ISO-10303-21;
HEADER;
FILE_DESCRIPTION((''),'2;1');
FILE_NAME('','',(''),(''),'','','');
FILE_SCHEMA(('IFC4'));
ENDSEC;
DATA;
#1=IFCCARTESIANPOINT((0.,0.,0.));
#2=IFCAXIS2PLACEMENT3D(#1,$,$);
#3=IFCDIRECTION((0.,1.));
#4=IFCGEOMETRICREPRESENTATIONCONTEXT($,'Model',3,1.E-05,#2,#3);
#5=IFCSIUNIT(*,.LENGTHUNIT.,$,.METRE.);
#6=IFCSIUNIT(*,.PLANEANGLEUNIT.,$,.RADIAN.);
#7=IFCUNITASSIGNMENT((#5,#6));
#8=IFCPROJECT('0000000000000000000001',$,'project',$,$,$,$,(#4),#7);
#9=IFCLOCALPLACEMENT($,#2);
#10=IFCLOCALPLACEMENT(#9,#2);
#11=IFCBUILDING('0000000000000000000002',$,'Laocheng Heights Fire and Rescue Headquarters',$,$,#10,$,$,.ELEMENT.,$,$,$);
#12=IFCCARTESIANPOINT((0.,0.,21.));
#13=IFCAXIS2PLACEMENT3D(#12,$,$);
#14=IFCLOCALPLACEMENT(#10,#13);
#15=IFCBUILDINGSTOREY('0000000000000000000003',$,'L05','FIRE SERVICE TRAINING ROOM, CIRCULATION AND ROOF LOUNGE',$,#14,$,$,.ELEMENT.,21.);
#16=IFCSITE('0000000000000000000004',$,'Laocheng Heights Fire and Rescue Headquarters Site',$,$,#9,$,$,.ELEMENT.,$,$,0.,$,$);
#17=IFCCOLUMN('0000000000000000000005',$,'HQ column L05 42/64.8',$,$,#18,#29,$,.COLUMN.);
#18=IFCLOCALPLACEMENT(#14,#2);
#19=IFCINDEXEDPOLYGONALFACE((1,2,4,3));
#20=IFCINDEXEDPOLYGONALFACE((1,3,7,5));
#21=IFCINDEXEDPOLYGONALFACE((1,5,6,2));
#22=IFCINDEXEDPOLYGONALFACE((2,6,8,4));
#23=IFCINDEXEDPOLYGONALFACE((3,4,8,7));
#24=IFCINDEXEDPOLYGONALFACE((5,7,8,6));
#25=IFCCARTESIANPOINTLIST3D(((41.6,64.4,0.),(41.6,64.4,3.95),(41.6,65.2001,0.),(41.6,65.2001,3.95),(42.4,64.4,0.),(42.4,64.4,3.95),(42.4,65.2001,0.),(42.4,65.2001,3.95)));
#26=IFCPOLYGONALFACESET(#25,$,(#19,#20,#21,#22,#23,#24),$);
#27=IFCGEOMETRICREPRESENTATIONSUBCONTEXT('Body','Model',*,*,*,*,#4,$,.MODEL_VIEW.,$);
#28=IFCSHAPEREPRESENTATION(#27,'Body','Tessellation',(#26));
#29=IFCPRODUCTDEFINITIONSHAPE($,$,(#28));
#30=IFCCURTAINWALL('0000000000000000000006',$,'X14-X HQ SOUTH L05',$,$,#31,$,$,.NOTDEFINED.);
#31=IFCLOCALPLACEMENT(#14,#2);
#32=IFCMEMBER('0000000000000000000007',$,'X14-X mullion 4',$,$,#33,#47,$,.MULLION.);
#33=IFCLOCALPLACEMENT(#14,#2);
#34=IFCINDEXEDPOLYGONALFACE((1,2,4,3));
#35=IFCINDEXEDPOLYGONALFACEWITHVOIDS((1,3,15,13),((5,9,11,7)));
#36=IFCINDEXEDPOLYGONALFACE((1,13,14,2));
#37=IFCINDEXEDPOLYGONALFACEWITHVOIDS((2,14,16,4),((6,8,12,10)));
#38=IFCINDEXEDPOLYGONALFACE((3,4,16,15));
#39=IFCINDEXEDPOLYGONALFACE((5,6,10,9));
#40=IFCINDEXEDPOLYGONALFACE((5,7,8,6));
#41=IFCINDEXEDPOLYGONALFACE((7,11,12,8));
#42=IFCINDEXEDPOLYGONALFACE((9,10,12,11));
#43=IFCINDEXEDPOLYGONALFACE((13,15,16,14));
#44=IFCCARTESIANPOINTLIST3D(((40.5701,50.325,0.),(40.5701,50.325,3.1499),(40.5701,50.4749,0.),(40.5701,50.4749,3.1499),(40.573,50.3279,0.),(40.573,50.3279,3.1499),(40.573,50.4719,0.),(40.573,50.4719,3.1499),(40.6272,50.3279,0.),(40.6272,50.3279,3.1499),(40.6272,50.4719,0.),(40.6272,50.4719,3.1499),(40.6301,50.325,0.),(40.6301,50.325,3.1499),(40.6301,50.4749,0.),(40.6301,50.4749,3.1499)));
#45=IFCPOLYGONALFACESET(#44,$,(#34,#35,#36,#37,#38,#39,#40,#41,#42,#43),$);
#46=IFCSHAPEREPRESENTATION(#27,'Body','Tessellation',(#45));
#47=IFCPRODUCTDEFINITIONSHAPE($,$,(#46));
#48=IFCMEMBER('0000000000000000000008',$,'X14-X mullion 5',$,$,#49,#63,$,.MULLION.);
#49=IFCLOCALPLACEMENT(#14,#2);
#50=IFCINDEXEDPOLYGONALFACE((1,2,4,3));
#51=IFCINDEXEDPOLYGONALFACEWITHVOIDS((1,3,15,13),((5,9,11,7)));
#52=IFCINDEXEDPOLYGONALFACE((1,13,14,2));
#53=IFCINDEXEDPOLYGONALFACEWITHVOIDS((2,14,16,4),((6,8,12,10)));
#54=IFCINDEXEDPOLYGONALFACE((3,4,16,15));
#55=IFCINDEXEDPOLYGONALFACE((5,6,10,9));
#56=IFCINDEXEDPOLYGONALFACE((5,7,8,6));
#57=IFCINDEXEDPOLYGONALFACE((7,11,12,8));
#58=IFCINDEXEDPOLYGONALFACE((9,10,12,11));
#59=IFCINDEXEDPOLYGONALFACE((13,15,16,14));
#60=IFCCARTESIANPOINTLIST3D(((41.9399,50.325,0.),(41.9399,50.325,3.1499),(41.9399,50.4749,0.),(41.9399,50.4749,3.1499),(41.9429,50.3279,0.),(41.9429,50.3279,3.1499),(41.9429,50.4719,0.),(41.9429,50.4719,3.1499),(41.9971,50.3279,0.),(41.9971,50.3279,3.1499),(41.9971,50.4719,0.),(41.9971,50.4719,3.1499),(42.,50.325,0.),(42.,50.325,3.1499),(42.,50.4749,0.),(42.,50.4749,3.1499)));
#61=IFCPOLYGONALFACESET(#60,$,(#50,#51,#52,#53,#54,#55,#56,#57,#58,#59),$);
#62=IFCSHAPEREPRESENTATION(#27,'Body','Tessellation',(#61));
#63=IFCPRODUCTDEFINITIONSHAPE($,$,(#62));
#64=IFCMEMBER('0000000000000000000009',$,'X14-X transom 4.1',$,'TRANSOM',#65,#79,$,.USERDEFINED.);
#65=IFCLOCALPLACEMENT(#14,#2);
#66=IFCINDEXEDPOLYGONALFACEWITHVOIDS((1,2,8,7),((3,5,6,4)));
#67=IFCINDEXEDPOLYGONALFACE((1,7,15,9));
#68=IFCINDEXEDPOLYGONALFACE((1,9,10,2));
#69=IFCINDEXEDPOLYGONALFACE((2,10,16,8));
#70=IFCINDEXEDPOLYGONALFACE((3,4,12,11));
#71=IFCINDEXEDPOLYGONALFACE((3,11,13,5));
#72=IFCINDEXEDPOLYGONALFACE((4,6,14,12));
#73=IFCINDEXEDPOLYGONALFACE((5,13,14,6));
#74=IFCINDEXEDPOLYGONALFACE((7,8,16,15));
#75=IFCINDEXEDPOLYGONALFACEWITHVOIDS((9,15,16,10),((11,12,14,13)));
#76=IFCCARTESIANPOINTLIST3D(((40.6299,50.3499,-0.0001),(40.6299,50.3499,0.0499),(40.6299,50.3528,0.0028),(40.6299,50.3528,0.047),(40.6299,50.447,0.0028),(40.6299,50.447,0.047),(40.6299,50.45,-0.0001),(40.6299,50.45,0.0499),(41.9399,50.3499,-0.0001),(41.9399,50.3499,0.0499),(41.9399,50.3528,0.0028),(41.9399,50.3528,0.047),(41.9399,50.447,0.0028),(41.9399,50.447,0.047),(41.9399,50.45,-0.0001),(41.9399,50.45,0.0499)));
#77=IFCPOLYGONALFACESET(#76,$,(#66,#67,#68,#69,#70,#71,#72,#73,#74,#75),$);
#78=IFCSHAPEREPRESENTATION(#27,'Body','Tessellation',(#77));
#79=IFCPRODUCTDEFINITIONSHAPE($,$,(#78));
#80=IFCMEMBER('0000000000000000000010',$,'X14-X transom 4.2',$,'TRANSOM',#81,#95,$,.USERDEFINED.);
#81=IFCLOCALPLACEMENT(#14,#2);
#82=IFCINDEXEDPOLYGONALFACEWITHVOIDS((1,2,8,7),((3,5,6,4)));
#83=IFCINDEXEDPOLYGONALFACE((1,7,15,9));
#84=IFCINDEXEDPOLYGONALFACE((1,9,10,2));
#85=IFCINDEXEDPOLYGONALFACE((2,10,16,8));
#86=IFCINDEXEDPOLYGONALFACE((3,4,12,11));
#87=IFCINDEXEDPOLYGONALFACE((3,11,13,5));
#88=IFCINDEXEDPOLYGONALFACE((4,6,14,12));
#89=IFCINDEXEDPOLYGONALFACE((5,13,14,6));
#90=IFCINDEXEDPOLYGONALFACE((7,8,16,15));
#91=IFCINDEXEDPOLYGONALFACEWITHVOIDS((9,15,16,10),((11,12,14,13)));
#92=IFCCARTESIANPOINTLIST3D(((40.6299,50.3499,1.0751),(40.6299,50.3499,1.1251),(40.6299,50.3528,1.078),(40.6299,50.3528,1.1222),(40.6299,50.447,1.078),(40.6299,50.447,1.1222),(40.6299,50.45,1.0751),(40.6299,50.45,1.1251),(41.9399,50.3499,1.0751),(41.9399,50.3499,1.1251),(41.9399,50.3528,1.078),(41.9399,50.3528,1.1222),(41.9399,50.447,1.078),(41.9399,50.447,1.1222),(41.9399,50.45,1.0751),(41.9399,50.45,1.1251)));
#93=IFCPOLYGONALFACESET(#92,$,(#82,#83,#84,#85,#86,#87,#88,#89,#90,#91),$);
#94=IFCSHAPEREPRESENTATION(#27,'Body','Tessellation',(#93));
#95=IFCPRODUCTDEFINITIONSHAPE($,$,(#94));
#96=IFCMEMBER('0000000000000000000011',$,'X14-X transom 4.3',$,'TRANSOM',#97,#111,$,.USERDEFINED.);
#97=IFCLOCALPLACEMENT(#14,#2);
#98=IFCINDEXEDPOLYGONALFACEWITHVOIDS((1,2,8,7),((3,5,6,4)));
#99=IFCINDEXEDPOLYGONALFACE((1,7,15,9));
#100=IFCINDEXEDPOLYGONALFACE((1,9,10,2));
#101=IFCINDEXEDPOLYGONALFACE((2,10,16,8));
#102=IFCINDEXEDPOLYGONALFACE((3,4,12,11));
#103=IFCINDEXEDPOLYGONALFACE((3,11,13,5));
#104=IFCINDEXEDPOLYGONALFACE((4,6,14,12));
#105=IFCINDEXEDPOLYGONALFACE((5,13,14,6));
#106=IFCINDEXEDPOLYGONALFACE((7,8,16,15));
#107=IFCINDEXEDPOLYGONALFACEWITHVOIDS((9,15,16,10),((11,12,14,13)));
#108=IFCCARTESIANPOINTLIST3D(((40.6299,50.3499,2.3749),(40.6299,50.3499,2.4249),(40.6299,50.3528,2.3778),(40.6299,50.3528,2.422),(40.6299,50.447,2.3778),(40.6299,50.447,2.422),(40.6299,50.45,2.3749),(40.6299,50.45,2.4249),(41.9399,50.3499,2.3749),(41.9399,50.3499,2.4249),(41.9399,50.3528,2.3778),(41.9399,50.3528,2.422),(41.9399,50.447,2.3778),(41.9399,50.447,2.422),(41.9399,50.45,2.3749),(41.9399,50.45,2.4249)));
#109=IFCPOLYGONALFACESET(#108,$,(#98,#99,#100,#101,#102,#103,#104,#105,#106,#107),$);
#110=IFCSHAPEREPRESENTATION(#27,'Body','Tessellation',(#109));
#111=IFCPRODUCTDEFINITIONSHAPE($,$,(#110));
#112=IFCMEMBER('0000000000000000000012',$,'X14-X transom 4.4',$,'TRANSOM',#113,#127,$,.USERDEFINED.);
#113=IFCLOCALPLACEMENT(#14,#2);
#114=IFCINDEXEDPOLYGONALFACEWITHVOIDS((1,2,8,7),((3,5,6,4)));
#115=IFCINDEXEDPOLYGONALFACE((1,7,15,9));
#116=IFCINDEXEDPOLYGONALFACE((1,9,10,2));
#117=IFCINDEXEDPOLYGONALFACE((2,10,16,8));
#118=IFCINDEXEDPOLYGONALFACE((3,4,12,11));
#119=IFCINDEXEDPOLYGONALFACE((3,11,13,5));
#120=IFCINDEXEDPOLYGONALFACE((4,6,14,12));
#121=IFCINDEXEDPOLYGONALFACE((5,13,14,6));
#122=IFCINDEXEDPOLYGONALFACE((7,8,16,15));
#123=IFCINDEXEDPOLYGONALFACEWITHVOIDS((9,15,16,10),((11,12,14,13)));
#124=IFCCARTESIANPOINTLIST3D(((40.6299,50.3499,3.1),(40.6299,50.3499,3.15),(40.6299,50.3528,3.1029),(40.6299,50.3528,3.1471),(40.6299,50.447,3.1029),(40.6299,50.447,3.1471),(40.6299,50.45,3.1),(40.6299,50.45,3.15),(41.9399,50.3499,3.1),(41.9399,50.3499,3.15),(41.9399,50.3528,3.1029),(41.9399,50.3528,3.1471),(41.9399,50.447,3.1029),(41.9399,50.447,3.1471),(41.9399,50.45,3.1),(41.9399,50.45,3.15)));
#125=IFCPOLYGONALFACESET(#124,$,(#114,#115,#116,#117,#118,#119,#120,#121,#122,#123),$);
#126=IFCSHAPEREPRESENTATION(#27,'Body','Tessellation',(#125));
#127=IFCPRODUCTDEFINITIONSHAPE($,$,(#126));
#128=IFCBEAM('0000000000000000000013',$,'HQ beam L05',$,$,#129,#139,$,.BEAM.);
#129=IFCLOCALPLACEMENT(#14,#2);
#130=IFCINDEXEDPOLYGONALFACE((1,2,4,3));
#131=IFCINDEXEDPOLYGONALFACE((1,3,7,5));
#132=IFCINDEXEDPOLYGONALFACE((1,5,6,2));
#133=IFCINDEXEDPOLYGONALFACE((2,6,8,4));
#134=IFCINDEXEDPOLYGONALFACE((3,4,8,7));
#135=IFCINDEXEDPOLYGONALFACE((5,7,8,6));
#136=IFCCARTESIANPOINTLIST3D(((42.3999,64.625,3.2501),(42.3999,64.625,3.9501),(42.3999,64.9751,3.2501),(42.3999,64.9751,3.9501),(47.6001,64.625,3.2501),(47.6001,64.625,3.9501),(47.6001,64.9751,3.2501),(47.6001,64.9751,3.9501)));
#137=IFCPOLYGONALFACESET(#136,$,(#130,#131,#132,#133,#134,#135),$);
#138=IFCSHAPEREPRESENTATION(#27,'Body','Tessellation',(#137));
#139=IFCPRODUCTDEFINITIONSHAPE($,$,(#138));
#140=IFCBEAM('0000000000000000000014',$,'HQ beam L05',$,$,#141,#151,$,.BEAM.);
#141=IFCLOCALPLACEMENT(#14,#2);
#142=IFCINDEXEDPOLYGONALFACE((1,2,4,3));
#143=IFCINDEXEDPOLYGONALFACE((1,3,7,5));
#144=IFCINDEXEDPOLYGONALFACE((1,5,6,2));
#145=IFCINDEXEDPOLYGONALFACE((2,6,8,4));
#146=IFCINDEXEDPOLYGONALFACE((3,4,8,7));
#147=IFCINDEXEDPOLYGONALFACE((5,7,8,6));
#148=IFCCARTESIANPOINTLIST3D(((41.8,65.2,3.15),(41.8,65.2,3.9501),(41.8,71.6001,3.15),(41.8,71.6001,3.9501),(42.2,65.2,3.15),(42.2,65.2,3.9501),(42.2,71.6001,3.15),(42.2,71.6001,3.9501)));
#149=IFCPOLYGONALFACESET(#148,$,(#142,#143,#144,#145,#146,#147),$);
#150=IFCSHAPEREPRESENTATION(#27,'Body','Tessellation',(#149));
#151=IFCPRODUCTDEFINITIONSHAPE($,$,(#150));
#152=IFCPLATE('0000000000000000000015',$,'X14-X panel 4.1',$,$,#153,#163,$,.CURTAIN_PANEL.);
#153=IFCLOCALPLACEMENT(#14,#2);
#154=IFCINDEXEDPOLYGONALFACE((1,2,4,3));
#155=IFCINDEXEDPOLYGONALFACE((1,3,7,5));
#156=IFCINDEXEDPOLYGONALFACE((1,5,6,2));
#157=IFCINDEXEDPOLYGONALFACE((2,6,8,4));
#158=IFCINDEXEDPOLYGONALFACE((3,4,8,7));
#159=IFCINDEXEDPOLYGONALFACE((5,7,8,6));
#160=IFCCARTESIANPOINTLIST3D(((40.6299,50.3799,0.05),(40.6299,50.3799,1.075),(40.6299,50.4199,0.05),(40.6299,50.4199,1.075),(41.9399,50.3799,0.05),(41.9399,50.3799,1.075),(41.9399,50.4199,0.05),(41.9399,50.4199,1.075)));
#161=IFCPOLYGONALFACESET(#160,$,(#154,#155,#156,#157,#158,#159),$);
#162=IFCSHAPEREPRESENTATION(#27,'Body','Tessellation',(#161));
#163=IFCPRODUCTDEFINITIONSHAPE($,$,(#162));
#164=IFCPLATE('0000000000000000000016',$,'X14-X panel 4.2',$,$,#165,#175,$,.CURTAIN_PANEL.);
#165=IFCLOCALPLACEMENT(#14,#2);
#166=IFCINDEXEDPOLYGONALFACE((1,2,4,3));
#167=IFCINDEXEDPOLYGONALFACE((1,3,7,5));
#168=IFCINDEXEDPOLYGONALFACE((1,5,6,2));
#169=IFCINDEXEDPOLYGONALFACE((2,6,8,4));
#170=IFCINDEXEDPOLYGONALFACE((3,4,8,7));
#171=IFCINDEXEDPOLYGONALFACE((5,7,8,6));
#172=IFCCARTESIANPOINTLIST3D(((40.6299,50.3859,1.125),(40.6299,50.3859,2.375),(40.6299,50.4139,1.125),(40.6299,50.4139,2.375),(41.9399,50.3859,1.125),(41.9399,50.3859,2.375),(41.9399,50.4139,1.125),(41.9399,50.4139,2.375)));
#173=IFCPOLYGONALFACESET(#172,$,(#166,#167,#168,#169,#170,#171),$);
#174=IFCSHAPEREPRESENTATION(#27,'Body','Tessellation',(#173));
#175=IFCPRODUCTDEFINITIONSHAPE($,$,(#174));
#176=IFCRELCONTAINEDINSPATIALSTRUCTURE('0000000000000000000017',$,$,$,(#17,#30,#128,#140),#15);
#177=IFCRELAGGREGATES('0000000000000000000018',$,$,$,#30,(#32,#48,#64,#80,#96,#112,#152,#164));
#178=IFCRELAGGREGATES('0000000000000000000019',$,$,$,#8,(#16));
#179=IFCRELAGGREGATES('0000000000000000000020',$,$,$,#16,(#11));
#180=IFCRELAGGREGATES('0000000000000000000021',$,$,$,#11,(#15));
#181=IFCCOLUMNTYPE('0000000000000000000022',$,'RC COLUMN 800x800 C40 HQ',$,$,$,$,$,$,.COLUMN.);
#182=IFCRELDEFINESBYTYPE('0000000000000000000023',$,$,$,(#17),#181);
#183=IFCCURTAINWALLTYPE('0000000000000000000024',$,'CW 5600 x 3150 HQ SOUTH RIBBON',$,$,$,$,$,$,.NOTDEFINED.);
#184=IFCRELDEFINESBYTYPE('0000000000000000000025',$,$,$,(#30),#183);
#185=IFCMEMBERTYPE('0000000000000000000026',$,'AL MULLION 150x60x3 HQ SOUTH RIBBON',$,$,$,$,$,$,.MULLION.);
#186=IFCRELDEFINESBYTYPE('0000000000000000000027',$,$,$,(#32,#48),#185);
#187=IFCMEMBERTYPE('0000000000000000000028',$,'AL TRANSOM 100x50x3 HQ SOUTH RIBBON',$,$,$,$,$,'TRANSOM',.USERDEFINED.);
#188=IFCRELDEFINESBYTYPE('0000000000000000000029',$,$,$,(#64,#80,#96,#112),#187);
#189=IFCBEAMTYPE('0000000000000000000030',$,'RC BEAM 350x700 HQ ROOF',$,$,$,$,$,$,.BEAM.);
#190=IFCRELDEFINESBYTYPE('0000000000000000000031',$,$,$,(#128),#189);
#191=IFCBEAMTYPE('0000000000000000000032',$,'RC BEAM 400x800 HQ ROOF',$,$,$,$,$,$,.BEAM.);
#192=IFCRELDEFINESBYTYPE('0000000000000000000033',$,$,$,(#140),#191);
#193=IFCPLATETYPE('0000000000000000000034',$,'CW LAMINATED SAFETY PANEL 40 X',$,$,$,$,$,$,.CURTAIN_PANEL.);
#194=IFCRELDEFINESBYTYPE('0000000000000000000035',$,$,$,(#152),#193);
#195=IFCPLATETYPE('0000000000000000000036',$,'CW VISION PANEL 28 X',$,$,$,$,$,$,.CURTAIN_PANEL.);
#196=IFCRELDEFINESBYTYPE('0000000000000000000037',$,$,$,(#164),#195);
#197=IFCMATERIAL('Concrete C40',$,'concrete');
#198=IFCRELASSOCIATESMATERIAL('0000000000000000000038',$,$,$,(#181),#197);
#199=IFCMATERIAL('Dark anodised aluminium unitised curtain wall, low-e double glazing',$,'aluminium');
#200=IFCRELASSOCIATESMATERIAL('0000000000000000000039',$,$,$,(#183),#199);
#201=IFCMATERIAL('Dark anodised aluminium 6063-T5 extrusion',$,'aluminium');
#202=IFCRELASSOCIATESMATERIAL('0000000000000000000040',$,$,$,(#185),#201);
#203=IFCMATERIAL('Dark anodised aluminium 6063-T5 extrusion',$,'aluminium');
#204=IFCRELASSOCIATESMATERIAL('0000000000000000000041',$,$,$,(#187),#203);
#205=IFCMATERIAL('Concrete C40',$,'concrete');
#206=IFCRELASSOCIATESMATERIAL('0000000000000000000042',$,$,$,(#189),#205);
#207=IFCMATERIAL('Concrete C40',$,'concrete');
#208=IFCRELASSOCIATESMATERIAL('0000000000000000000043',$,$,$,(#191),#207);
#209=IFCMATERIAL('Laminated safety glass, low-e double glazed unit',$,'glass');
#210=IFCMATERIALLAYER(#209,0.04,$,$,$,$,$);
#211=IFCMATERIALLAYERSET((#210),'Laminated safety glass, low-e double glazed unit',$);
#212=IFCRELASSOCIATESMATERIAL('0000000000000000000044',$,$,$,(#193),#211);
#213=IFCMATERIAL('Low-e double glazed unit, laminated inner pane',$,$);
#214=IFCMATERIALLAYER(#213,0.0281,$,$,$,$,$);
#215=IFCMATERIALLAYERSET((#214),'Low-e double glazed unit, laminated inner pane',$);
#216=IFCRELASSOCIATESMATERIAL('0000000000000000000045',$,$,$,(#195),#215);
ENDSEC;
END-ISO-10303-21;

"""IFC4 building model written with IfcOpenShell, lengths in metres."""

from ifc_helpers import new_model, si_unit, direction, frame, origin, origin_2d, place, context, subcontext, project, spatial, rectangle, hollow_rectangle, extrude, material, layer, layer_set, material_profile, profile_set, type_object, element, aggregate, save


model = new_model("IFC4")

# Units and contexts
model_context = context("Model", 3, precision=1e-05, world=origin(), true_north=direction((0.0, 1.0)))
body_context = subcontext(model_context, "Body", "Model", "MODEL_VIEW")
ifc_project = project(units=[si_unit("LENGTHUNIT", "METRE"), si_unit("PLANEANGLEUNIT", "RADIAN")], contexts=[model_context])

# Site, building, storey
site_placement = place(None, origin())
site = spatial("IfcSite", under=ifc_project, at=site_placement, Name="Laocheng Heights Fire and Rescue Headquarters Site", CompositionType="ELEMENT", RefElevation=0.0)
building_placement = place(site_placement, origin())
building = spatial("IfcBuilding", under=site, at=building_placement, Name="Laocheng Heights Fire and Rescue Headquarters", CompositionType="ELEMENT")
storey_placement = place(building_placement, frame((0.0, 0.0, 21.0)))
storey = spatial("IfcBuildingStorey", under=building, at=storey_placement, Name="L05", Description="FIRE SERVICE TRAINING ROOM, CIRCULATION AND ROOF LOUNGE", CompositionType="ELEMENT", Elevation=21.0)

# Column
ifc_material_1 = material(Name="Concrete C40", Category="concrete")
ifc_material_profile_1 = material_profile(ifc_material_1, rectangle(XDim=0.8, YDim=0.8, at=origin_2d()), Name="RC COLUMN 800x800 C40 HQ")
ifc_profile_set_1 = profile_set([ifc_material_profile_1], Name="Concrete C40")
column_type = type_object("IfcColumnType", Name="RC COLUMN 800x800 C40 HQ", PredefinedType="COLUMN", material=ifc_profile_set_1)
column_placement = place(storey_placement, frame((42.0, 64.8, 0.0), z_axis=(0.0, 0.0, 1.0), x_axis=(1.0, 0.0, 0.0)))
element("IfcColumn", 1, at=column_placement, inside=storey, type_object=column_type, Name="HQ column L05 42/64.8", PredefinedType="COLUMN", context=body_context, shape_type="SweptSolid", body=[
    extrude(rectangle(XDim=0.8, YDim=0.8, at=origin_2d()), origin(), (0.0, 0.0, 1.0), 3.95),
])

# Curtain wall, members
ifc_material_2 = material(Name="Dark anodised aluminium unitised curtain wall, low-e double glazing", Category="aluminium")
curtain_wall_type = type_object("IfcCurtainWallType", Name="CW 5600 x 3150 HQ SOUTH RIBBON", PredefinedType="NOTDEFINED", material=ifc_material_2)
curtain_wall_placement = place(storey_placement, origin())
curtain_wall = element("IfcCurtainWall", 2, at=curtain_wall_placement, inside=storey, type_object=curtain_wall_type, Name="X14-X HQ SOUTH L05", PredefinedType="NOTDEFINED")
ifc_material_3 = material(Name="Dark anodised aluminium 6063-T5 extrusion", Category="aluminium")
ifc_material_profile_2 = material_profile(ifc_material_3, hollow_rectangle(XDim=0.1499, YDim=0.0601, WallThickness=0.0029, at=origin_2d()), Name="AL MULLION 150x60x3 HQ SOUTH RIBBON")
ifc_profile_set_2 = profile_set([ifc_material_profile_2], Name="Dark anodised aluminium 6063-T5 extrusion")
member_type_1 = type_object("IfcMemberType", Name="AL MULLION 150x60x3 HQ SOUTH RIBBON", PredefinedType="MULLION", material=ifc_profile_set_2)
member_1_placement = place(storey_placement, frame((40.6001, 50.3999, 0.0), z_axis=(0.0, 0.0, 1.0), x_axis=(0.0, 1.0, 0.0)))
member_1 = element("IfcMember", 3, at=member_1_placement, type_object=member_type_1, Name="X14-X mullion 4", PredefinedType="MULLION", context=body_context, shape_type="SweptSolid", body=[
    extrude(hollow_rectangle(XDim=0.1499, YDim=0.0601, WallThickness=0.0029, at=origin_2d()), origin(), (0.0, 0.0, 1.0), 3.1499),
])
member_2_placement = place(storey_placement, frame((41.97, 50.3999, 0.0), z_axis=(0.0, 0.0, 1.0), x_axis=(0.0, 1.0, 0.0)))
member_2 = element("IfcMember", 4, at=member_2_placement, type_object=member_type_1, Name="X14-X mullion 5", PredefinedType="MULLION", context=body_context, shape_type="SweptSolid", body=[
    extrude(hollow_rectangle(XDim=0.1499, YDim=0.0601, WallThickness=0.0029, at=origin_2d()), origin(), (0.0, 0.0, 1.0), 3.1499),
])
ifc_material_4 = material(Name="Dark anodised aluminium 6063-T5 extrusion", Category="aluminium")
ifc_material_profile_3 = material_profile(ifc_material_4, hollow_rectangle(XDim=0.1001, YDim=0.05, WallThickness=0.0029, at=origin_2d()), Name="AL TRANSOM 100x50x3 HQ SOUTH RIBBON")
ifc_profile_set_3 = profile_set([ifc_material_profile_3], Name="Dark anodised aluminium 6063-T5 extrusion")
member_type_2 = type_object("IfcMemberType", Name="AL TRANSOM 100x50x3 HQ SOUTH RIBBON", ElementType="TRANSOM", PredefinedType="USERDEFINED", material=ifc_profile_set_3)
member_3_placement = place(storey_placement, frame((40.6299, 50.3999, 0.0249), z_axis=(1.0, 0.0, 0.0), x_axis=(0.0, 1.0, 0.0)))
member_3 = element("IfcMember", 5, at=member_3_placement, type_object=member_type_2, Name="X14-X transom 4.1", ObjectType="TRANSOM", PredefinedType="USERDEFINED", context=body_context, shape_type="SweptSolid", body=[
    extrude(hollow_rectangle(XDim=0.1001, YDim=0.05, WallThickness=0.0029, at=origin_2d()), origin(), (0.0, 0.0, 1.0), 1.3101),
])
member_4_placement = place(storey_placement, frame((40.6299, 50.3999, 1.1001), z_axis=(1.0, 0.0, 0.0), x_axis=(0.0, 1.0, 0.0)))
member_4 = element("IfcMember", 6, at=member_4_placement, type_object=member_type_2, Name="X14-X transom 4.2", ObjectType="TRANSOM", PredefinedType="USERDEFINED", context=body_context, shape_type="SweptSolid", body=[
    extrude(hollow_rectangle(XDim=0.1001, YDim=0.05, WallThickness=0.0029, at=origin_2d()), origin(), (0.0, 0.0, 1.0), 1.3101),
])
member_5_placement = place(storey_placement, frame((40.6299, 50.3999, 2.3999), z_axis=(1.0, 0.0, 0.0), x_axis=(0.0, 1.0, 0.0)))
member_5 = element("IfcMember", 7, at=member_5_placement, type_object=member_type_2, Name="X14-X transom 4.3", ObjectType="TRANSOM", PredefinedType="USERDEFINED", context=body_context, shape_type="SweptSolid", body=[
    extrude(hollow_rectangle(XDim=0.1001, YDim=0.05, WallThickness=0.0029, at=origin_2d()), origin(), (0.0, 0.0, 1.0), 1.3101),
])
member_6_placement = place(storey_placement, frame((40.6299, 50.3999, 3.125), z_axis=(1.0, 0.0, 0.0), x_axis=(0.0, 1.0, 0.0)))
member_6 = element("IfcMember", 8, at=member_6_placement, type_object=member_type_2, Name="X14-X transom 4.4", ObjectType="TRANSOM", PredefinedType="USERDEFINED", context=body_context, shape_type="SweptSolid", body=[
    extrude(hollow_rectangle(XDim=0.1001, YDim=0.05, WallThickness=0.0029, at=origin_2d()), origin(), (0.0, 0.0, 1.0), 1.3101),
])

# Beams
ifc_material_5 = material(Name="Concrete C40", Category="concrete")
ifc_material_profile_4 = material_profile(ifc_material_5, rectangle(XDim=0.3501, YDim=0.7, at=origin_2d()), Name="RC BEAM 350x700 HQ ROOF")
ifc_profile_set_4 = profile_set([ifc_material_profile_4], Name="Concrete C40")
beam_type_1 = type_object("IfcBeamType", Name="RC BEAM 350x700 HQ ROOF", PredefinedType="BEAM", material=ifc_profile_set_4)
beam_1_placement = place(storey_placement, frame((42.3999, 64.8, 3.6001), z_axis=(1.0, 0.0, 0.0), x_axis=(0.0, 1.0, 0.0)))
element("IfcBeam", 9, at=beam_1_placement, inside=storey, type_object=beam_type_1, Name="HQ beam L05", PredefinedType="BEAM", context=body_context, shape_type="SweptSolid", body=[
    extrude(rectangle(XDim=0.3501, YDim=0.7, at=origin_2d()), origin(), (0.0, 0.0, 1.0), 5.2002),
])
ifc_material_6 = material(Name="Concrete C40", Category="concrete")
ifc_material_profile_5 = material_profile(ifc_material_6, rectangle(XDim=0.3999, YDim=0.8, at=origin_2d()), Name="RC BEAM 400x800 HQ ROOF")
ifc_profile_set_5 = profile_set([ifc_material_profile_5], Name="Concrete C40")
beam_type_2 = type_object("IfcBeamType", Name="RC BEAM 400x800 HQ ROOF", PredefinedType="BEAM", material=ifc_profile_set_5)
beam_2_placement = place(storey_placement, frame((42.0, 65.2, 3.55), z_axis=(0.0, 1.0, 0.0), x_axis=(-1.0, 0.0, 0.0)))
element("IfcBeam", 10, at=beam_2_placement, inside=storey, type_object=beam_type_2, Name="HQ beam L05", PredefinedType="BEAM", context=body_context, shape_type="SweptSolid", body=[
    extrude(rectangle(XDim=0.3999, YDim=0.8, at=origin_2d()), origin(), (0.0, 0.0, 1.0), 6.4001),
])

# Plates
ifc_material_7 = material(Name="Laminated safety glass, low-e double glazed unit", Category="glass")
ifc_layer_1 = layer(ifc_material_7, 0.04)
ifc_layer_set_1 = layer_set([ifc_layer_1], Name="Laminated safety glass, low-e double glazed unit")
plate_type_1 = type_object("IfcPlateType", Name="CW LAMINATED SAFETY PANEL 40 X", PredefinedType="CURTAIN_PANEL", material=ifc_layer_set_1)
plate_1_placement = place(storey_placement, frame((41.2849, 50.3999, 0.05), z_axis=(0.0, 0.0, 1.0), x_axis=(1.0, 0.0, 0.0)))
plate_1 = element("IfcPlate", 11, at=plate_1_placement, type_object=plate_type_1, Name="X14-X panel 4.1", PredefinedType="CURTAIN_PANEL", context=body_context, shape_type="SweptSolid", body=[
    extrude(rectangle(XDim=1.3101, YDim=0.04, at=origin_2d()), origin(), (0.0, 0.0, 1.0), 1.0249),
])
ifc_material_8 = material(Name="Low-e double glazed unit, laminated inner pane")
ifc_layer_2 = layer(ifc_material_8, 0.0281)
ifc_layer_set_2 = layer_set([ifc_layer_2], Name="Low-e double glazed unit, laminated inner pane")
plate_type_2 = type_object("IfcPlateType", Name="CW VISION PANEL 28 X", PredefinedType="CURTAIN_PANEL", material=ifc_layer_set_2)
plate_2_placement = place(storey_placement, frame((41.2849, 50.3999, 1.125), z_axis=(0.0, 0.0, 1.0), x_axis=(1.0, 0.0, 0.0)))
plate_2 = element("IfcPlate", 12, at=plate_2_placement, type_object=plate_type_2, Name="X14-X panel 4.2", PredefinedType="CURTAIN_PANEL", context=body_context, shape_type="SweptSolid", body=[
    extrude(rectangle(XDim=1.3101, YDim=0.0281, at=origin_2d()), origin(), (0.0, 0.0, 1.0), 1.25),
])
aggregate(curtain_wall, [member_1, member_2, member_3, member_4, member_5, member_6, plate_1, plate_2])

save(model, "model.ifc")
